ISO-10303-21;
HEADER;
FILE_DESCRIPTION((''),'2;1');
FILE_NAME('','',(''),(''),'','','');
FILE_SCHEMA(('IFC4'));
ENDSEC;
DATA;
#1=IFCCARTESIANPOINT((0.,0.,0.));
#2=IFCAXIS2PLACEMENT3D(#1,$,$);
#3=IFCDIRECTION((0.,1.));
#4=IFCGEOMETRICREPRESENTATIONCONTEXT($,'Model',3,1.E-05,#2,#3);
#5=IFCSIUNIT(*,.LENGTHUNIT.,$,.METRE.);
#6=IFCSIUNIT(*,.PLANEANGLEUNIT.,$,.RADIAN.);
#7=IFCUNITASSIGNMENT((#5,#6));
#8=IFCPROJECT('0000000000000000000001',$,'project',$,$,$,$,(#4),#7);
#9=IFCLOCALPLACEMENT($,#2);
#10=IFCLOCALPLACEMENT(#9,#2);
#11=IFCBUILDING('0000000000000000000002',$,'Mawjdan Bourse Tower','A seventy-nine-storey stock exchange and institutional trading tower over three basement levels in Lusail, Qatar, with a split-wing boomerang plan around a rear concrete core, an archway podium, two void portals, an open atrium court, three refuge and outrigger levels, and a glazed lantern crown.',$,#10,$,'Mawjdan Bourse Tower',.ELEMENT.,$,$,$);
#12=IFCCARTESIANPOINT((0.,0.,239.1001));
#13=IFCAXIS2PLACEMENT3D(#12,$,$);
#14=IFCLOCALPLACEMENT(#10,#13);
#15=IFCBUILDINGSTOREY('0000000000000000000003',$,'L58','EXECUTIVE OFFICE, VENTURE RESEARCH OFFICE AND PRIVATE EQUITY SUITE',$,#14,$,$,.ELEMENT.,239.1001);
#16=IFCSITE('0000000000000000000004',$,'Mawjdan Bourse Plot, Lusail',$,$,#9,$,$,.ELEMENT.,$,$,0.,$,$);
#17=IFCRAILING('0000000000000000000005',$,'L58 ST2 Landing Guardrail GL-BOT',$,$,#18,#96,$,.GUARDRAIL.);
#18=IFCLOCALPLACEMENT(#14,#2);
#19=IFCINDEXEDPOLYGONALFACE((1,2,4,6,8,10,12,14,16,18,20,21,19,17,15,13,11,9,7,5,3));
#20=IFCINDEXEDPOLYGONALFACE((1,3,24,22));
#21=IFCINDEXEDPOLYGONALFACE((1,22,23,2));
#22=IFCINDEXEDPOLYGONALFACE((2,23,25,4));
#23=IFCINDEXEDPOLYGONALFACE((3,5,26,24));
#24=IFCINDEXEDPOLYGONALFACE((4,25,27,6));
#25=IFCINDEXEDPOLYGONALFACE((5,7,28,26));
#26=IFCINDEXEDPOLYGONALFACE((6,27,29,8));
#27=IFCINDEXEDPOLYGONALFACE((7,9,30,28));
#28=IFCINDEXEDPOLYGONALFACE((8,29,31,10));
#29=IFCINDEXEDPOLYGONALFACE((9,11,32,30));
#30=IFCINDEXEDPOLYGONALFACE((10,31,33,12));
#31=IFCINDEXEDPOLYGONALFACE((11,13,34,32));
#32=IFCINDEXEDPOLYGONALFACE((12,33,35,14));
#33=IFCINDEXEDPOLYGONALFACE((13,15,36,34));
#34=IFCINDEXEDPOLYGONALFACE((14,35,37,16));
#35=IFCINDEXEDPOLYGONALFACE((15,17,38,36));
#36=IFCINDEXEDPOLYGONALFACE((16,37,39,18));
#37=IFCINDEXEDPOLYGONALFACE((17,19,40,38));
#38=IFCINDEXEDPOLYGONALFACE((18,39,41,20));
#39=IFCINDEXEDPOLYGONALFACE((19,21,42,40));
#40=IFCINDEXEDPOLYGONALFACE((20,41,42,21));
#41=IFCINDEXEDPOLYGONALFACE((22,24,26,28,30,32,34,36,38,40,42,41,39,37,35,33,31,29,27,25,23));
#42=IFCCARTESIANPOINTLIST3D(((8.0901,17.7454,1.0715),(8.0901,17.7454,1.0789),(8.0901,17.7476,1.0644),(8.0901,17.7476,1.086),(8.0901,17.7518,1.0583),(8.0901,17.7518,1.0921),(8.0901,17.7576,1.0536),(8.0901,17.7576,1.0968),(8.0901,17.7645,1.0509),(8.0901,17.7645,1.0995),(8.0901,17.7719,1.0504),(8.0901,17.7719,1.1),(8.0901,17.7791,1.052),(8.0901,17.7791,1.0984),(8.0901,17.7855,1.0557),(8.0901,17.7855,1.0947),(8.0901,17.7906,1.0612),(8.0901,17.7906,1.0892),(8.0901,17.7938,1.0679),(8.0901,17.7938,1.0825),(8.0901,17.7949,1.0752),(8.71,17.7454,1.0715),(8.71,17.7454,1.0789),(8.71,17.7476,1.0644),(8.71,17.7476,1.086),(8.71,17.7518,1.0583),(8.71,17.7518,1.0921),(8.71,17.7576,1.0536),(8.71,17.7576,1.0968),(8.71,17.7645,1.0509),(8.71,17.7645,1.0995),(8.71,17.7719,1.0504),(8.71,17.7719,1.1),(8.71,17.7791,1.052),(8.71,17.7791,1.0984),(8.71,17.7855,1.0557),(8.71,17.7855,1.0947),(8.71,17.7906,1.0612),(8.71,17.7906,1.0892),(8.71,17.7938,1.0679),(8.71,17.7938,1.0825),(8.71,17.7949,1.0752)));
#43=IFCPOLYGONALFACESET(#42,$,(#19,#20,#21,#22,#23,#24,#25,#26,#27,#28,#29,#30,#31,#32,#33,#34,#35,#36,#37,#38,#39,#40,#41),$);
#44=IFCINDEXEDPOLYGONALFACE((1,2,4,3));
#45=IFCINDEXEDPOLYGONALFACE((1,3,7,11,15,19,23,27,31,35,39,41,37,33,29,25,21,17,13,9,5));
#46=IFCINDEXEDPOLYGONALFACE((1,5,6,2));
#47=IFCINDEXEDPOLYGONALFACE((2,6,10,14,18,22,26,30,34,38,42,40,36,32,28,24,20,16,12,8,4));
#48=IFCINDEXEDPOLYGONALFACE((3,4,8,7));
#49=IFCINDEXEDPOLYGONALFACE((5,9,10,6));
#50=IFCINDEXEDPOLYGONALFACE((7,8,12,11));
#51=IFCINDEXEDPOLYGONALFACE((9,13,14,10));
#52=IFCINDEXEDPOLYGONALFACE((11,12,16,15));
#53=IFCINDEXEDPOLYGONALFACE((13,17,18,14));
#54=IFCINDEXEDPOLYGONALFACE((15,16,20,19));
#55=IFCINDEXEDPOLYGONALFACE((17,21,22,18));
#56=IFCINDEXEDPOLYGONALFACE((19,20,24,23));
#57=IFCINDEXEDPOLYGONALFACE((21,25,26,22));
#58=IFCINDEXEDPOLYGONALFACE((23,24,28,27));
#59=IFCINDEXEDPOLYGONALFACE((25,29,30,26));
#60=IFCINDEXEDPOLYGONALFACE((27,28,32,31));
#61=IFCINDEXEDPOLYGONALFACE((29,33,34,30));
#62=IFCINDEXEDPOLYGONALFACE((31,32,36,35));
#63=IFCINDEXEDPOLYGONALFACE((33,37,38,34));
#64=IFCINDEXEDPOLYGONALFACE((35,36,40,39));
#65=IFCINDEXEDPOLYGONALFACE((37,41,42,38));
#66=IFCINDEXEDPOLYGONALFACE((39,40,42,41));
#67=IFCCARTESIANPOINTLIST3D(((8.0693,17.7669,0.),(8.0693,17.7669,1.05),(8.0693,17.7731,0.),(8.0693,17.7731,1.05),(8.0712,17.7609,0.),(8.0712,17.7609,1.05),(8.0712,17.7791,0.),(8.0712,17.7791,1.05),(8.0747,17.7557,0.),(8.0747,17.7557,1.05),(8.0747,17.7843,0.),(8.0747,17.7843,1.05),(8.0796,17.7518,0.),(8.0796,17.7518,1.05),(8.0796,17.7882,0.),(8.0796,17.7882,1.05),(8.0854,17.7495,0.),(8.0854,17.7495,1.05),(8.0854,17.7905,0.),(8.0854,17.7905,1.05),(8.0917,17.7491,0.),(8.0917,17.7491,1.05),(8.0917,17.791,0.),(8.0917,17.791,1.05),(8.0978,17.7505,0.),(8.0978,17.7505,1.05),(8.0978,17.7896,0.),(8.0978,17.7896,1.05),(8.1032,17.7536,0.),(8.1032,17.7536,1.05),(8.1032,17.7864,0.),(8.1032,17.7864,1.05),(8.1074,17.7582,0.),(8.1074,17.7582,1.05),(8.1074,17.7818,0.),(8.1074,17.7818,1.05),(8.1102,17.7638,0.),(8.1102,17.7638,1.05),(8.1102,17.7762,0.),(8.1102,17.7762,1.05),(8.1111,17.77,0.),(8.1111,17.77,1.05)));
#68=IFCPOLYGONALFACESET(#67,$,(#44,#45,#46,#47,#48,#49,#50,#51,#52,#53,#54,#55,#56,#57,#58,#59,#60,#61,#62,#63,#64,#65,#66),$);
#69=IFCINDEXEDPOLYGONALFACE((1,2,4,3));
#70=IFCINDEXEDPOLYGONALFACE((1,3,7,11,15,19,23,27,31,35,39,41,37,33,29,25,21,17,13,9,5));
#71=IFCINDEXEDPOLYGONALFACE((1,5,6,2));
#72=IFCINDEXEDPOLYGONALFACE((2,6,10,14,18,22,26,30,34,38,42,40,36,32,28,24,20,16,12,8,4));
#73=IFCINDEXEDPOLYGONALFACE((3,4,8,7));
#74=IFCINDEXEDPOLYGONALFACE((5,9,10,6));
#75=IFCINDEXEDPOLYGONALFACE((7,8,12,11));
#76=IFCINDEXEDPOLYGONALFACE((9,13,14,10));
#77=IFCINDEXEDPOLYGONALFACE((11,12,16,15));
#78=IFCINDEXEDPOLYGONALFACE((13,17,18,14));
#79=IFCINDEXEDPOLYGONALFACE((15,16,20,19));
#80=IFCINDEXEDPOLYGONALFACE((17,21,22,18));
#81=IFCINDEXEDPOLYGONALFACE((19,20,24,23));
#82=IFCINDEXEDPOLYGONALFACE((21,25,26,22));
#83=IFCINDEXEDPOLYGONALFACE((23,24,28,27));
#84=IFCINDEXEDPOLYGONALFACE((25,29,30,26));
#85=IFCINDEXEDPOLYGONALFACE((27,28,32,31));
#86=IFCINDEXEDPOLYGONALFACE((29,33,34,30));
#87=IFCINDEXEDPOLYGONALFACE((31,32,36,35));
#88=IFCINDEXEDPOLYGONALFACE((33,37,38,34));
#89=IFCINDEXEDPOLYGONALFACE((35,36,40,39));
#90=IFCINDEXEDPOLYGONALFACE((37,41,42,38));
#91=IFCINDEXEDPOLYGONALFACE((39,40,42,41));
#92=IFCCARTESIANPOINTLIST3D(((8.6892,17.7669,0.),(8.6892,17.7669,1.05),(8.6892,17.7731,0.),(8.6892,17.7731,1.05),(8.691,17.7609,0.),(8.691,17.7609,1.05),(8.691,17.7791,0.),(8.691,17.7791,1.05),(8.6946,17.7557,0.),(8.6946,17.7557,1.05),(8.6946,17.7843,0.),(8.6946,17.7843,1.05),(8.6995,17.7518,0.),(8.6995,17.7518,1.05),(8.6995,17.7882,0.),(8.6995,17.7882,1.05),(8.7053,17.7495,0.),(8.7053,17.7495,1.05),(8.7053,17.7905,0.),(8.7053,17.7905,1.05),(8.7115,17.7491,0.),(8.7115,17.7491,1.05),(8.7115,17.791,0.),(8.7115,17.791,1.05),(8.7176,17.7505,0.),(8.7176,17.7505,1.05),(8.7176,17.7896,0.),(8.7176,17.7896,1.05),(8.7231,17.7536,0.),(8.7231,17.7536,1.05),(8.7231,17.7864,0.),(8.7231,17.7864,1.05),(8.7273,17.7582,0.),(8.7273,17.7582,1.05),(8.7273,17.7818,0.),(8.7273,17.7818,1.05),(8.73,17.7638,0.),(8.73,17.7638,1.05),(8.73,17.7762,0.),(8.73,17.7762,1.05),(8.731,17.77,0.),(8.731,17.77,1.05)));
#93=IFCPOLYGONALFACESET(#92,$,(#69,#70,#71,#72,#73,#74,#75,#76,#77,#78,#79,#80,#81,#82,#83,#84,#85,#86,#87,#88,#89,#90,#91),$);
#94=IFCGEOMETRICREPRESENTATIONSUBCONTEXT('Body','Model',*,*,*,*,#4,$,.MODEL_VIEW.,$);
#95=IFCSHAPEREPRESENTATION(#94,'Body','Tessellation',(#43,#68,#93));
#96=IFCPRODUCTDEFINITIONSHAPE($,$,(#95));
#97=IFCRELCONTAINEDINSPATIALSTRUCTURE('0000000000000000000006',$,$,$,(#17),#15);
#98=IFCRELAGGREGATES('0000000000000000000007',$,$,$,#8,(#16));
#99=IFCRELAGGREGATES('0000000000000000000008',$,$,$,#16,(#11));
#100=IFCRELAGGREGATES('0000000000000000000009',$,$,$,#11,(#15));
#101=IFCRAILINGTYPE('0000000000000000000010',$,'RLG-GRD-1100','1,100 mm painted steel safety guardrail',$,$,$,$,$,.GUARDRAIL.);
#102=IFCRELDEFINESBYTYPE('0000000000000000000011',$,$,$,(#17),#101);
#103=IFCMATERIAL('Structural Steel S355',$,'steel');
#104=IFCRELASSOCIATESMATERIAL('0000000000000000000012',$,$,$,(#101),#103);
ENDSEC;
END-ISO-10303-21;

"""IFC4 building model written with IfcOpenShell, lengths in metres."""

from ifc_helpers import new_model, si_unit, direction, frame, origin, origin_2d, place, context, subcontext, project, spatial, circle, extrude, material, type_object, element, save


model = new_model("IFC4")

# Units and contexts
model_context = context("Model", 3, precision=1e-05, world=origin(), true_north=direction((0.0, 1.0)))
body_context = subcontext(model_context, "Body", "Model", "MODEL_VIEW")
ifc_project = project(units=[si_unit("LENGTHUNIT", "METRE"), si_unit("PLANEANGLEUNIT", "RADIAN")], contexts=[model_context])

# Site, building, storey
site_placement = place(None, origin())
site = spatial("IfcSite", under=ifc_project, at=site_placement, Name="Mawjdan Bourse Plot, Lusail", CompositionType="ELEMENT", RefElevation=0.0)
building_placement = place(site_placement, origin())
building = spatial("IfcBuilding", under=site, at=building_placement, Name="Mawjdan Bourse Tower", Description="A seventy-nine-storey stock exchange and institutional trading tower over three basement levels in Lusail, Qatar, with a split-wing boomerang plan around a rear concrete core, an archway podium, two void portals, an open atrium court, three refuge and outrigger levels, and a glazed lantern crown.", LongName="Mawjdan Bourse Tower", CompositionType="ELEMENT")
storey_placement = place(building_placement, frame((0.0, 0.0, 239.1001)))
storey = spatial("IfcBuildingStorey", under=building, at=storey_placement, Name="L58", Description="EXECUTIVE OFFICE, VENTURE RESEARCH OFFICE AND PRIVATE EQUITY SUITE", CompositionType="ELEMENT", Elevation=239.1001)

# Shared definitions
ifc_material_1 = material(Name="Structural Steel S355", Category="steel")

# Railing
railing_type_1 = type_object("IfcRailingType", Name="RLG-GRD-1100", Description="1,100 mm painted steel safety guardrail", PredefinedType="GUARDRAIL", material=ifc_material_1)
for number, where, name in (
    (1, (8.0901, 17.77, 0.0), "L58 ST2 Landing Guardrail GL-BOT"),
):
    element("IfcRailing", number, at=place(storey_placement, frame(where)), inside=storey, type_object=railing_type_1, Name=name, PredefinedType="GUARDRAIL", context=body_context, shape_type="SweptSolid", body=[
        extrude(circle(Radius=0.0249, at=origin_2d()), frame((0.0, 0.0, 1.0752), z_axis=(1.0, 0.0, 0.0), x_axis=(0.0, 1.0, 0.0)), (0.0, 0.0, 1.0), 0.6199),
        extrude(circle(Radius=0.021, at=origin_2d()), origin(), (0.0, 0.0, 1.0), 1.05),
        extrude(circle(Radius=0.021, at=origin_2d()), frame((0.6199, 0.0, 0.0)), (0.0, 0.0, 1.0), 1.05),
    ])

save(model, "model.ifc")
